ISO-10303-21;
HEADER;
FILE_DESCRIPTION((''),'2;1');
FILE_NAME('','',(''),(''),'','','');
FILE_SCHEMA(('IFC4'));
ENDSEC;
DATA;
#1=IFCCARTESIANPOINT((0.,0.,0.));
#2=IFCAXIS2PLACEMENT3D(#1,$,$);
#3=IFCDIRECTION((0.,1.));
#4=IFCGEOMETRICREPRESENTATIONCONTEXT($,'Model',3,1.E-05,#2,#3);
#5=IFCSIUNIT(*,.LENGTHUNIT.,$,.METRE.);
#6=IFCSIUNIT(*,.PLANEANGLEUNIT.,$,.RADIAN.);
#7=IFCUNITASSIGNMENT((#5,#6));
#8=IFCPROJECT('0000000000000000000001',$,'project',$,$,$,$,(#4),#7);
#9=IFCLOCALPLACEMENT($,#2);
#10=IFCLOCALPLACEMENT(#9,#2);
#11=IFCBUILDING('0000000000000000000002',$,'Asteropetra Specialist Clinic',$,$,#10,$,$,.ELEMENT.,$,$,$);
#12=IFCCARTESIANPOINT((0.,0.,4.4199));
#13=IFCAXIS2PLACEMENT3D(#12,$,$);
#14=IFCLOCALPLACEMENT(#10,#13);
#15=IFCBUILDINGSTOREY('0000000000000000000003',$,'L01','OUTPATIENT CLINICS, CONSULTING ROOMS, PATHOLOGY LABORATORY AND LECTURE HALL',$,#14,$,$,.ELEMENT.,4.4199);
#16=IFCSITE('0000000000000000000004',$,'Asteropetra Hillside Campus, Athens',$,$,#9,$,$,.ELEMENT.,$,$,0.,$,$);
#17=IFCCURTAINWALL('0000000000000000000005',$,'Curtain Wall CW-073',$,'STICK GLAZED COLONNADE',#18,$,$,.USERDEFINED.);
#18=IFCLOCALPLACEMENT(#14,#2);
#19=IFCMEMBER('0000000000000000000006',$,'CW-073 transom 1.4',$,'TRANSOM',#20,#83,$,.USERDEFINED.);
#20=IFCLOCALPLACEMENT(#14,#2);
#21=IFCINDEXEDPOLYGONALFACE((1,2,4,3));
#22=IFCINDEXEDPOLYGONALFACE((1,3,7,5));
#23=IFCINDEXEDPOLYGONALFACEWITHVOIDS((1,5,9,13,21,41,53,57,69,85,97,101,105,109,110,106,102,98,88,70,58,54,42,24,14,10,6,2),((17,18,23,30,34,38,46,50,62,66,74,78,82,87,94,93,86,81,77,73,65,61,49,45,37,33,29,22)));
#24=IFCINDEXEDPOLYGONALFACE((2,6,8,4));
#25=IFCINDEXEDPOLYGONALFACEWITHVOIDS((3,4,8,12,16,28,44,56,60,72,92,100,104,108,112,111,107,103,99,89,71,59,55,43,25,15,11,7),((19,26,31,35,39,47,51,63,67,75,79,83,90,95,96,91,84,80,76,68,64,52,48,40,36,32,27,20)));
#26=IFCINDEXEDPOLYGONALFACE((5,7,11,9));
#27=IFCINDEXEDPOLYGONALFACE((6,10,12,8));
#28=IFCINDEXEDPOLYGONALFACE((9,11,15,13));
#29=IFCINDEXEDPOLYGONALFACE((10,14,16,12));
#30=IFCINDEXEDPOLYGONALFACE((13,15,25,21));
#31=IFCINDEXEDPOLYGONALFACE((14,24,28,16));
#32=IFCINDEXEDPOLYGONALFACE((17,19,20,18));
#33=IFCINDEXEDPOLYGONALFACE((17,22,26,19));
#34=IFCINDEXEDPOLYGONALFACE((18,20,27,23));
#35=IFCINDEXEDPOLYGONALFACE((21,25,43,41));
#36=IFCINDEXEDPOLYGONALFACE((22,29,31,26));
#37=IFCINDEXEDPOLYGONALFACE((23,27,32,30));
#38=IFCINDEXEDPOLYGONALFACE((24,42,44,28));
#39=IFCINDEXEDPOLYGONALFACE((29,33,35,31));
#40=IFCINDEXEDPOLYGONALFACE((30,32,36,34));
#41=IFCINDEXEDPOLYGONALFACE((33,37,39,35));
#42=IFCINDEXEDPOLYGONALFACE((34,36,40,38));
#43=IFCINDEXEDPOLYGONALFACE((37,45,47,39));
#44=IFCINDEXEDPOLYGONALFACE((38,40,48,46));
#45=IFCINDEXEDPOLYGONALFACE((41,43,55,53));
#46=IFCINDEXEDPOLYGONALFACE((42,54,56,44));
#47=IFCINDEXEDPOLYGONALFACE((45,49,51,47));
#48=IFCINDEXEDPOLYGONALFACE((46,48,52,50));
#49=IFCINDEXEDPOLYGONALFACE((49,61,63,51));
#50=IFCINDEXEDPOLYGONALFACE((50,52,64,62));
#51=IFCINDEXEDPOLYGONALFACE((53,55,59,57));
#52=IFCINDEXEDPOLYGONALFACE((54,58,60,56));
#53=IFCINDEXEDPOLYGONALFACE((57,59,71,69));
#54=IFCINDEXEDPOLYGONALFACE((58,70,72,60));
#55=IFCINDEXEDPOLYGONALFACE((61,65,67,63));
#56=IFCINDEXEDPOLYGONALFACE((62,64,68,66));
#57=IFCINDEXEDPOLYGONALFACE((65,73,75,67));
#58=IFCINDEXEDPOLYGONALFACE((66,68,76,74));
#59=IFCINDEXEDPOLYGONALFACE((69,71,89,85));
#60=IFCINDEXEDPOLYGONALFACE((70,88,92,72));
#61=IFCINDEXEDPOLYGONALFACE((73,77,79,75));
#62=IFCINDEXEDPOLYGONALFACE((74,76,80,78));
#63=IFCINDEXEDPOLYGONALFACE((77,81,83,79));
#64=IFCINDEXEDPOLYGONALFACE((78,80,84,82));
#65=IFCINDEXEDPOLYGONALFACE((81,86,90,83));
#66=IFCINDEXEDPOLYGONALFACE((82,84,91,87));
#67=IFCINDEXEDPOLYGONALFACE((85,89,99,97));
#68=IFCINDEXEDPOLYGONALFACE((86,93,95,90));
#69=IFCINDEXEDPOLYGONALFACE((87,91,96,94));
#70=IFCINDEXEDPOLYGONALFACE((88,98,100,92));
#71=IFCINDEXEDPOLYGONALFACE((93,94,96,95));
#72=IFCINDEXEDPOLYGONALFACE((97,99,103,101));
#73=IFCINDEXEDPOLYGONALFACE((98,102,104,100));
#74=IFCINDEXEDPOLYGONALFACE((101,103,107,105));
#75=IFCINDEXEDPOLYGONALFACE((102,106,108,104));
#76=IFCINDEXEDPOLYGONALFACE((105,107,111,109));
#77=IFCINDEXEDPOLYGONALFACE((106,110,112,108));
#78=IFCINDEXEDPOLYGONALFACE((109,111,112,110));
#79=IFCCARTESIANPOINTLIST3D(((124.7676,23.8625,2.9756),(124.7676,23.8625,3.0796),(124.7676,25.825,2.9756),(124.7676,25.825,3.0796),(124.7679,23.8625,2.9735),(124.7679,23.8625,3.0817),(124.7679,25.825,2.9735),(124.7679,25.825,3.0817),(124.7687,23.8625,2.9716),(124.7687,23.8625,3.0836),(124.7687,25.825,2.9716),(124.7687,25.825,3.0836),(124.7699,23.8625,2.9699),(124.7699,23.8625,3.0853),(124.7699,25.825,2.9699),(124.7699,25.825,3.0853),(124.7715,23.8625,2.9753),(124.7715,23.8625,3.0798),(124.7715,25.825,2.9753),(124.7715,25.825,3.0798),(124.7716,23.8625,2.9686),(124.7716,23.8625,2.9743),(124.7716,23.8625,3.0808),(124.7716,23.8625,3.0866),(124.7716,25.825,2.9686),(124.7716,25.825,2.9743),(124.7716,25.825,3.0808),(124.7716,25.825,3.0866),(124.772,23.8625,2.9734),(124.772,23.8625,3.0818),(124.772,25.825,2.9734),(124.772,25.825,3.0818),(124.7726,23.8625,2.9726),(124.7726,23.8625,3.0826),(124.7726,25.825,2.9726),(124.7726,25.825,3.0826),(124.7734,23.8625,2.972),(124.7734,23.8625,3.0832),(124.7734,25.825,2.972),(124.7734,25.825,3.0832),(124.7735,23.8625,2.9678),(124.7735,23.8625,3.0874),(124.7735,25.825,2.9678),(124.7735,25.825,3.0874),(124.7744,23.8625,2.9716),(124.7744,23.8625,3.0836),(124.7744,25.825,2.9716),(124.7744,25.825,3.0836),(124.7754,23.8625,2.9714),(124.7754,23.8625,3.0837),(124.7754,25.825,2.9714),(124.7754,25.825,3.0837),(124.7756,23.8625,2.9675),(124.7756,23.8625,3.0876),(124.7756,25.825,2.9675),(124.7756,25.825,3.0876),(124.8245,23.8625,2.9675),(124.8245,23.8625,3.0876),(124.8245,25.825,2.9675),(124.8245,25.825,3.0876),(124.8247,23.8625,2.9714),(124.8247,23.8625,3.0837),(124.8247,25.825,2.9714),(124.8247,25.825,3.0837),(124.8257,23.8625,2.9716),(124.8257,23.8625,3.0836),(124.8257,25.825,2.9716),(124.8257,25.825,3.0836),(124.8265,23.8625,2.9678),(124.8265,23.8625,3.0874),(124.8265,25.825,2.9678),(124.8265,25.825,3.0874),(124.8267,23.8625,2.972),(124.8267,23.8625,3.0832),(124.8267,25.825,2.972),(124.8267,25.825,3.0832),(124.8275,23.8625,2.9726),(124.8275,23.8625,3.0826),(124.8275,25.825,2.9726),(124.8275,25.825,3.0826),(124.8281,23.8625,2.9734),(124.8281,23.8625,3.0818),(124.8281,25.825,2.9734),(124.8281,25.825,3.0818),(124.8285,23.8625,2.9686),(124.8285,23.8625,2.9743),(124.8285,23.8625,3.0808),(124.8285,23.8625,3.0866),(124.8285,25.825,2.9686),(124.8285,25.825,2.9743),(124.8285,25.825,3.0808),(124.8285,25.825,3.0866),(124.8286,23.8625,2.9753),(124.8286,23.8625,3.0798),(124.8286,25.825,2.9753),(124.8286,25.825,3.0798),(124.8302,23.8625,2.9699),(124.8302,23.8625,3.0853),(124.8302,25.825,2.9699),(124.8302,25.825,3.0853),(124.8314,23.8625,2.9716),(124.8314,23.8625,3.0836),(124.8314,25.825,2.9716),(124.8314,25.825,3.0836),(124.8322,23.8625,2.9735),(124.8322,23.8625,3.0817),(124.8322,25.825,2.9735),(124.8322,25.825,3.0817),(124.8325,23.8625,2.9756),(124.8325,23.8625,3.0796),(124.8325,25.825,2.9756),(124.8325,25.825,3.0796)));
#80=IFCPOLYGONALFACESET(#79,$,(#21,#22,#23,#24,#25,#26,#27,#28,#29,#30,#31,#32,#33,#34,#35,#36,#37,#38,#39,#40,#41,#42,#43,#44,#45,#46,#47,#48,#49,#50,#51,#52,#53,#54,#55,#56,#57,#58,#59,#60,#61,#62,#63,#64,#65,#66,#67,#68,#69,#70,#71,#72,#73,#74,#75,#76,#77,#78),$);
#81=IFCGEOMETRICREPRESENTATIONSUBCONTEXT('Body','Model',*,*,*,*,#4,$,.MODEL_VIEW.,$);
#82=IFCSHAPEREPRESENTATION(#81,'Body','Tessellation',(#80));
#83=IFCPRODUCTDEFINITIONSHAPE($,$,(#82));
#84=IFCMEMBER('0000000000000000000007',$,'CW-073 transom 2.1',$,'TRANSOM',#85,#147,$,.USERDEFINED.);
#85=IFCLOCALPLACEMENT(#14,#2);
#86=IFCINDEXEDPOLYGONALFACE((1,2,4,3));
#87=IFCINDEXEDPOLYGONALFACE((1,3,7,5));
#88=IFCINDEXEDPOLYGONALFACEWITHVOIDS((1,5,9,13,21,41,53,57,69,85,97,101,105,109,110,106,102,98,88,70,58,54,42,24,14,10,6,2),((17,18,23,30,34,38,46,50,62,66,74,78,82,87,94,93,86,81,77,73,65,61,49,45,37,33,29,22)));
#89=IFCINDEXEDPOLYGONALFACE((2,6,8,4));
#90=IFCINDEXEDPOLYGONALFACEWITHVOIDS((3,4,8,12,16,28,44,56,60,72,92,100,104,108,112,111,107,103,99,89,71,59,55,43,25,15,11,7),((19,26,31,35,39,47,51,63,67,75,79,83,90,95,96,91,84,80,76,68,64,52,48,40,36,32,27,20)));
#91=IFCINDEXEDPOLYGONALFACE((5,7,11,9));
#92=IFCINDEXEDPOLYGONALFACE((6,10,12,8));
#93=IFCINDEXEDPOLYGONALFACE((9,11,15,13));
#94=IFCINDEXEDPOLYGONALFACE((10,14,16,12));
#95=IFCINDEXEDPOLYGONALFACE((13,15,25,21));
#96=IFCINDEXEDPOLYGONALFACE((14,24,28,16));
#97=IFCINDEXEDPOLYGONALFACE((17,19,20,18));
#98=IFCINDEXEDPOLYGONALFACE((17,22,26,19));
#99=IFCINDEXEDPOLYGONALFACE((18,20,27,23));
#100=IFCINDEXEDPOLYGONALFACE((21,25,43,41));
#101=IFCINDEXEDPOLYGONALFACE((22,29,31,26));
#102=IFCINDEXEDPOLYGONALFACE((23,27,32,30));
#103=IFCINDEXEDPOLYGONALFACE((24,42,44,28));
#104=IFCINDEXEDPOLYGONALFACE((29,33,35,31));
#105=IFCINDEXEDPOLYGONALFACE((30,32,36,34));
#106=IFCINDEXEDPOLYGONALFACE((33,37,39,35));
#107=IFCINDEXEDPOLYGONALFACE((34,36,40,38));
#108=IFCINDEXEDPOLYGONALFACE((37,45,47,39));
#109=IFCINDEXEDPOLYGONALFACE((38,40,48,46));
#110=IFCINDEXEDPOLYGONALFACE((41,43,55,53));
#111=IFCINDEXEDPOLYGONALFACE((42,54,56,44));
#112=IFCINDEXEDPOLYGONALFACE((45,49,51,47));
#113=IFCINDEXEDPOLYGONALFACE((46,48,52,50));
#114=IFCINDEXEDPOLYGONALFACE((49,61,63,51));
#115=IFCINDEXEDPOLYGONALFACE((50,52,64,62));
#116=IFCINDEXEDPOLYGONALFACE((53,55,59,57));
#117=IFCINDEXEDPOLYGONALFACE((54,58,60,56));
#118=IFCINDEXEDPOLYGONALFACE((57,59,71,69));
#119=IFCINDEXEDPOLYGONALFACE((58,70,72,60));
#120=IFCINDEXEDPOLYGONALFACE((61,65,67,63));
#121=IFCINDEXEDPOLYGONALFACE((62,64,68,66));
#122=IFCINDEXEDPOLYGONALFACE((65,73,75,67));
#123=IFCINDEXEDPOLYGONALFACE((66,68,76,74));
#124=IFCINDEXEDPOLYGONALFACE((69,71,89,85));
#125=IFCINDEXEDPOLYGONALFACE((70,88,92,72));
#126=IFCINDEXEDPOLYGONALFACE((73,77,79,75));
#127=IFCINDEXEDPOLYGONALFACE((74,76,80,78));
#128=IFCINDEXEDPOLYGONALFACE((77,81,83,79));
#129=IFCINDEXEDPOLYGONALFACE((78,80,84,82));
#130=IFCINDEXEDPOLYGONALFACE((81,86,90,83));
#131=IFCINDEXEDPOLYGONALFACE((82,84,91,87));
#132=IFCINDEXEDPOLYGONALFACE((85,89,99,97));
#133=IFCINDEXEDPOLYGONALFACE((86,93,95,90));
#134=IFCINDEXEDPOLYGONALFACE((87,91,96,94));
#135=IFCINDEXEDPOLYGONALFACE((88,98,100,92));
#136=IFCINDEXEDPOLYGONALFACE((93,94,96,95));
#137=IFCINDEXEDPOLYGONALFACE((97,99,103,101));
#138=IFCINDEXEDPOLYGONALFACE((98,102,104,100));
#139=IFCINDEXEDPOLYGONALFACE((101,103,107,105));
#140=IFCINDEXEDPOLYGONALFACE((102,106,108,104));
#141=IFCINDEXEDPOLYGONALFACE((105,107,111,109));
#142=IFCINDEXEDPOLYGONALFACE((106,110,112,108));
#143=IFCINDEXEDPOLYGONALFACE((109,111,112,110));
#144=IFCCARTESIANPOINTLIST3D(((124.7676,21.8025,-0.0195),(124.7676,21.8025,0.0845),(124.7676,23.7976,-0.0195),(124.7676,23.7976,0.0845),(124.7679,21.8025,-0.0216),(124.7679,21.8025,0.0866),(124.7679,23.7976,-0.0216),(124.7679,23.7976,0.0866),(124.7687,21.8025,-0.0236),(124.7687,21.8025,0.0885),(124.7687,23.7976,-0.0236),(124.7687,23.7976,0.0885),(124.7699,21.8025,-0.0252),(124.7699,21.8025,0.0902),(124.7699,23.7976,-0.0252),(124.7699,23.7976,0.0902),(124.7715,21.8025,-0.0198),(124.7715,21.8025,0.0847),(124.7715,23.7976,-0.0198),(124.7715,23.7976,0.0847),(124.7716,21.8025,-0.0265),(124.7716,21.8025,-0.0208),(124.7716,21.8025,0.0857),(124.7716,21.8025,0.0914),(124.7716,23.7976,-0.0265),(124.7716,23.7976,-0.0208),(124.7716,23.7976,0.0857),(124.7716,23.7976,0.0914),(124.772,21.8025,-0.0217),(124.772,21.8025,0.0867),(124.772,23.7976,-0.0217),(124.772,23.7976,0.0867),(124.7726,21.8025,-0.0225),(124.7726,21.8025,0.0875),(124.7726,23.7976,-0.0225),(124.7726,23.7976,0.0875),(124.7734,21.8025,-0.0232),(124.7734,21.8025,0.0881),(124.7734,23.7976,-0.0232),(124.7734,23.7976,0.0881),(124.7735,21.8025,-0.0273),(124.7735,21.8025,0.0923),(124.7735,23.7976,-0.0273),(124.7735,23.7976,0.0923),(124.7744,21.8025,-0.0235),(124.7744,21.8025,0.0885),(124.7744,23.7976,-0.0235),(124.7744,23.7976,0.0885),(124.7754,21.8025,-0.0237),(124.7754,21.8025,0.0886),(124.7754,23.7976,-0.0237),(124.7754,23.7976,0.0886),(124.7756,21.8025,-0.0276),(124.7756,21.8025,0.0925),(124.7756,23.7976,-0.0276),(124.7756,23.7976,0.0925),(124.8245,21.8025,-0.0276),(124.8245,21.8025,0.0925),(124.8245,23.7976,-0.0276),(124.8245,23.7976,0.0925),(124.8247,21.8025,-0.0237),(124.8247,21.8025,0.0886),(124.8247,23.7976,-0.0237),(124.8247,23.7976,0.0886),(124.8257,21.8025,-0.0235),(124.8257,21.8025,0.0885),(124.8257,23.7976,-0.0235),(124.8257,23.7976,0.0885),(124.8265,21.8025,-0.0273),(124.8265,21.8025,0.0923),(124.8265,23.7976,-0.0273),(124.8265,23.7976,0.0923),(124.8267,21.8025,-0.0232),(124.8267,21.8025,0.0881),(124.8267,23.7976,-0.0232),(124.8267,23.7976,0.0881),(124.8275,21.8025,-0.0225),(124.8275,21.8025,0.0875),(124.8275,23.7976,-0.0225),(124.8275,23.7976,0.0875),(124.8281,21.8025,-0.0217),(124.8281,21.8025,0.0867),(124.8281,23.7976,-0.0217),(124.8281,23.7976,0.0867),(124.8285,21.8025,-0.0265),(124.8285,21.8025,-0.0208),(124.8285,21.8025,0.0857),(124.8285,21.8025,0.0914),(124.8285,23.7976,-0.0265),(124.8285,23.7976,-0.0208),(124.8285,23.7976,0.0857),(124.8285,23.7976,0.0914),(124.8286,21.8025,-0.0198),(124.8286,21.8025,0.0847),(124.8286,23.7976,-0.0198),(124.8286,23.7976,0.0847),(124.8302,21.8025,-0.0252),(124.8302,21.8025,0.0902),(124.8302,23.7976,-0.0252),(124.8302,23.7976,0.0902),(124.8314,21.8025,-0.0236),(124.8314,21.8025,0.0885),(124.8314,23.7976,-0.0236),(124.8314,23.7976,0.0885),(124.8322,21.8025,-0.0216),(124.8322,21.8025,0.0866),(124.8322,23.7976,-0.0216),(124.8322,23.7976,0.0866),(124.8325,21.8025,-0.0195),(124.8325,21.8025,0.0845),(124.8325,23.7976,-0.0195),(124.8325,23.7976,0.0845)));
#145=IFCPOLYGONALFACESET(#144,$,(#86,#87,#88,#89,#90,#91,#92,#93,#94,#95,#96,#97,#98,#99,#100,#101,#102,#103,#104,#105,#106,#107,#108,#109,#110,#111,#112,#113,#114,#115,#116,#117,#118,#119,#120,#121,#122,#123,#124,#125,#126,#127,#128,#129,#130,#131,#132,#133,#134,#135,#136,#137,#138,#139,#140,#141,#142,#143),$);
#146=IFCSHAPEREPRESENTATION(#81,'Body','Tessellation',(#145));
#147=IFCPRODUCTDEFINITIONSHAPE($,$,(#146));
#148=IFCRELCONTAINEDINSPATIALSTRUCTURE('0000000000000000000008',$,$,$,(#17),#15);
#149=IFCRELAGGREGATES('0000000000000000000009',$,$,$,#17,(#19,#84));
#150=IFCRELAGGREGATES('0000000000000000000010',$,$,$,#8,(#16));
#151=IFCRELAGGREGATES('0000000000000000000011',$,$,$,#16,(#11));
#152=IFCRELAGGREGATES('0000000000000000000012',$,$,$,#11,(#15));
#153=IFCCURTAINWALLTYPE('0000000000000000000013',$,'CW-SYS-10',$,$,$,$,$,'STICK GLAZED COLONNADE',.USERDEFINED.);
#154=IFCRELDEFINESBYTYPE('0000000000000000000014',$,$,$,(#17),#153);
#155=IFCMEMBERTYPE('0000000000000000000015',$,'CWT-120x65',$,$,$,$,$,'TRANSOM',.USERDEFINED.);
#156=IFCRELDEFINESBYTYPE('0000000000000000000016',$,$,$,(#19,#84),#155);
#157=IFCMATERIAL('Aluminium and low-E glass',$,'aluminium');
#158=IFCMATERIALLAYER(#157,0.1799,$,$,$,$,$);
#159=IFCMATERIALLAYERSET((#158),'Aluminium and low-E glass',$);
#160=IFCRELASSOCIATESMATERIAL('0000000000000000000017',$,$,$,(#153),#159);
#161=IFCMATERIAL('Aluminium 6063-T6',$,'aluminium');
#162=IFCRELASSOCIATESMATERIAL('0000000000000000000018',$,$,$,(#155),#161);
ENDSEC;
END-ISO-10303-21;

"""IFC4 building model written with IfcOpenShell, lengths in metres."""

from ifc_helpers import new_model, si_unit, direction, frame, origin, origin_2d, place, context, subcontext, project, spatial, hollow_rectangle, extrude, material, layer, layer_set, material_profile, profile_set, type_object, element, aggregate, save


model = new_model("IFC4")

# Units and contexts
model_context = context("Model", 3, precision=1e-05, world=origin(), true_north=direction((0.0, 1.0)))
body_context = subcontext(model_context, "Body", "Model", "MODEL_VIEW")
ifc_project = project(units=[si_unit("LENGTHUNIT", "METRE"), si_unit("PLANEANGLEUNIT", "RADIAN")], contexts=[model_context])

# Site, building, storey
site_placement = place(None, origin())
site = spatial("IfcSite", under=ifc_project, at=site_placement, Name="Asteropetra Hillside Campus, Athens", CompositionType="ELEMENT", RefElevation=0.0)
building_placement = place(site_placement, origin())
building = spatial("IfcBuilding", under=site, at=building_placement, Name="Asteropetra Specialist Clinic", CompositionType="ELEMENT")
storey_placement = place(building_placement, frame((0.0, 0.0, 4.4199)))
storey = spatial("IfcBuildingStorey", under=building, at=storey_placement, Name="L01", Description="OUTPATIENT CLINICS, CONSULTING ROOMS, PATHOLOGY LABORATORY AND LECTURE HALL", CompositionType="ELEMENT", Elevation=4.4199)

# Curtain wall
ifc_material_1 = material(Name="Aluminium and low-E glass", Category="aluminium")
ifc_layer_1 = layer(ifc_material_1, 0.1799)
ifc_layer_set_1 = layer_set([ifc_layer_1], Name="Aluminium and low-E glass")
curtain_wall_type_1 = type_object("IfcCurtainWallType", Name="CW-SYS-10", ElementType="STICK GLAZED COLONNADE", PredefinedType="USERDEFINED", material=ifc_layer_set_1)
curtain_wall_1_placement = place(storey_placement, origin())
curtain_wall_1 = element("IfcCurtainWall", 1, at=curtain_wall_1_placement, inside=storey, type_object=curtain_wall_type_1, Name="Curtain Wall CW-073", ObjectType="STICK GLAZED COLONNADE", PredefinedType="USERDEFINED")

# Members
ifc_material_2 = material(Name="Aluminium 6063-T6", Category="aluminium")
ifc_material_profile_1 = material_profile(ifc_material_2, hollow_rectangle(XDim=0.0649, YDim=0.1201, WallThickness=0.0039, InnerFilletRadius=0.0039, OuterFilletRadius=0.0081, at=origin_2d()), Name="TRN 120x65x4.0")
ifc_profile_set_1 = profile_set([ifc_material_profile_1], Name="Aluminium 6063-T6")
member_type_1 = type_object("IfcMemberType", Name="CWT-120x65", ElementType="TRANSOM", PredefinedType="USERDEFINED", material=ifc_profile_set_1)
member_1_placement = place(storey_placement, frame((124.8, 25.825, 3.0276), z_axis=(0.0, -1.0, 0.0), x_axis=(1.0, 0.0, 0.0)))
member_1 = element("IfcMember", 2, at=member_1_placement, type_object=member_type_1, Name="CW-073 transom 1.4", ObjectType="TRANSOM", PredefinedType="USERDEFINED", context=body_context, shape_type="SweptSolid", body=[
    extrude(hollow_rectangle(XDim=0.0649, YDim=0.1201, WallThickness=0.0039, InnerFilletRadius=0.0039, OuterFilletRadius=0.0081, at=origin_2d()), origin(), (0.0, 0.0, 1.0), 1.9624),
])
member_2_placement = place(storey_placement, frame((124.8, 23.7976, 0.0325), z_axis=(0.0, -1.0, 0.0), x_axis=(1.0, 0.0, 0.0)))
member_2 = element("IfcMember", 3, at=member_2_placement, type_object=member_type_1, Name="CW-073 transom 2.1", ObjectType="TRANSOM", PredefinedType="USERDEFINED", context=body_context, shape_type="SweptSolid", body=[
    extrude(hollow_rectangle(XDim=0.0649, YDim=0.1201, WallThickness=0.0039, InnerFilletRadius=0.0039, OuterFilletRadius=0.0081, at=origin_2d()), origin(), (0.0, 0.0, 1.0), 1.9951),
])

aggregate(curtain_wall_1, [member_1, member_2])

save(model, "model.ifc")
